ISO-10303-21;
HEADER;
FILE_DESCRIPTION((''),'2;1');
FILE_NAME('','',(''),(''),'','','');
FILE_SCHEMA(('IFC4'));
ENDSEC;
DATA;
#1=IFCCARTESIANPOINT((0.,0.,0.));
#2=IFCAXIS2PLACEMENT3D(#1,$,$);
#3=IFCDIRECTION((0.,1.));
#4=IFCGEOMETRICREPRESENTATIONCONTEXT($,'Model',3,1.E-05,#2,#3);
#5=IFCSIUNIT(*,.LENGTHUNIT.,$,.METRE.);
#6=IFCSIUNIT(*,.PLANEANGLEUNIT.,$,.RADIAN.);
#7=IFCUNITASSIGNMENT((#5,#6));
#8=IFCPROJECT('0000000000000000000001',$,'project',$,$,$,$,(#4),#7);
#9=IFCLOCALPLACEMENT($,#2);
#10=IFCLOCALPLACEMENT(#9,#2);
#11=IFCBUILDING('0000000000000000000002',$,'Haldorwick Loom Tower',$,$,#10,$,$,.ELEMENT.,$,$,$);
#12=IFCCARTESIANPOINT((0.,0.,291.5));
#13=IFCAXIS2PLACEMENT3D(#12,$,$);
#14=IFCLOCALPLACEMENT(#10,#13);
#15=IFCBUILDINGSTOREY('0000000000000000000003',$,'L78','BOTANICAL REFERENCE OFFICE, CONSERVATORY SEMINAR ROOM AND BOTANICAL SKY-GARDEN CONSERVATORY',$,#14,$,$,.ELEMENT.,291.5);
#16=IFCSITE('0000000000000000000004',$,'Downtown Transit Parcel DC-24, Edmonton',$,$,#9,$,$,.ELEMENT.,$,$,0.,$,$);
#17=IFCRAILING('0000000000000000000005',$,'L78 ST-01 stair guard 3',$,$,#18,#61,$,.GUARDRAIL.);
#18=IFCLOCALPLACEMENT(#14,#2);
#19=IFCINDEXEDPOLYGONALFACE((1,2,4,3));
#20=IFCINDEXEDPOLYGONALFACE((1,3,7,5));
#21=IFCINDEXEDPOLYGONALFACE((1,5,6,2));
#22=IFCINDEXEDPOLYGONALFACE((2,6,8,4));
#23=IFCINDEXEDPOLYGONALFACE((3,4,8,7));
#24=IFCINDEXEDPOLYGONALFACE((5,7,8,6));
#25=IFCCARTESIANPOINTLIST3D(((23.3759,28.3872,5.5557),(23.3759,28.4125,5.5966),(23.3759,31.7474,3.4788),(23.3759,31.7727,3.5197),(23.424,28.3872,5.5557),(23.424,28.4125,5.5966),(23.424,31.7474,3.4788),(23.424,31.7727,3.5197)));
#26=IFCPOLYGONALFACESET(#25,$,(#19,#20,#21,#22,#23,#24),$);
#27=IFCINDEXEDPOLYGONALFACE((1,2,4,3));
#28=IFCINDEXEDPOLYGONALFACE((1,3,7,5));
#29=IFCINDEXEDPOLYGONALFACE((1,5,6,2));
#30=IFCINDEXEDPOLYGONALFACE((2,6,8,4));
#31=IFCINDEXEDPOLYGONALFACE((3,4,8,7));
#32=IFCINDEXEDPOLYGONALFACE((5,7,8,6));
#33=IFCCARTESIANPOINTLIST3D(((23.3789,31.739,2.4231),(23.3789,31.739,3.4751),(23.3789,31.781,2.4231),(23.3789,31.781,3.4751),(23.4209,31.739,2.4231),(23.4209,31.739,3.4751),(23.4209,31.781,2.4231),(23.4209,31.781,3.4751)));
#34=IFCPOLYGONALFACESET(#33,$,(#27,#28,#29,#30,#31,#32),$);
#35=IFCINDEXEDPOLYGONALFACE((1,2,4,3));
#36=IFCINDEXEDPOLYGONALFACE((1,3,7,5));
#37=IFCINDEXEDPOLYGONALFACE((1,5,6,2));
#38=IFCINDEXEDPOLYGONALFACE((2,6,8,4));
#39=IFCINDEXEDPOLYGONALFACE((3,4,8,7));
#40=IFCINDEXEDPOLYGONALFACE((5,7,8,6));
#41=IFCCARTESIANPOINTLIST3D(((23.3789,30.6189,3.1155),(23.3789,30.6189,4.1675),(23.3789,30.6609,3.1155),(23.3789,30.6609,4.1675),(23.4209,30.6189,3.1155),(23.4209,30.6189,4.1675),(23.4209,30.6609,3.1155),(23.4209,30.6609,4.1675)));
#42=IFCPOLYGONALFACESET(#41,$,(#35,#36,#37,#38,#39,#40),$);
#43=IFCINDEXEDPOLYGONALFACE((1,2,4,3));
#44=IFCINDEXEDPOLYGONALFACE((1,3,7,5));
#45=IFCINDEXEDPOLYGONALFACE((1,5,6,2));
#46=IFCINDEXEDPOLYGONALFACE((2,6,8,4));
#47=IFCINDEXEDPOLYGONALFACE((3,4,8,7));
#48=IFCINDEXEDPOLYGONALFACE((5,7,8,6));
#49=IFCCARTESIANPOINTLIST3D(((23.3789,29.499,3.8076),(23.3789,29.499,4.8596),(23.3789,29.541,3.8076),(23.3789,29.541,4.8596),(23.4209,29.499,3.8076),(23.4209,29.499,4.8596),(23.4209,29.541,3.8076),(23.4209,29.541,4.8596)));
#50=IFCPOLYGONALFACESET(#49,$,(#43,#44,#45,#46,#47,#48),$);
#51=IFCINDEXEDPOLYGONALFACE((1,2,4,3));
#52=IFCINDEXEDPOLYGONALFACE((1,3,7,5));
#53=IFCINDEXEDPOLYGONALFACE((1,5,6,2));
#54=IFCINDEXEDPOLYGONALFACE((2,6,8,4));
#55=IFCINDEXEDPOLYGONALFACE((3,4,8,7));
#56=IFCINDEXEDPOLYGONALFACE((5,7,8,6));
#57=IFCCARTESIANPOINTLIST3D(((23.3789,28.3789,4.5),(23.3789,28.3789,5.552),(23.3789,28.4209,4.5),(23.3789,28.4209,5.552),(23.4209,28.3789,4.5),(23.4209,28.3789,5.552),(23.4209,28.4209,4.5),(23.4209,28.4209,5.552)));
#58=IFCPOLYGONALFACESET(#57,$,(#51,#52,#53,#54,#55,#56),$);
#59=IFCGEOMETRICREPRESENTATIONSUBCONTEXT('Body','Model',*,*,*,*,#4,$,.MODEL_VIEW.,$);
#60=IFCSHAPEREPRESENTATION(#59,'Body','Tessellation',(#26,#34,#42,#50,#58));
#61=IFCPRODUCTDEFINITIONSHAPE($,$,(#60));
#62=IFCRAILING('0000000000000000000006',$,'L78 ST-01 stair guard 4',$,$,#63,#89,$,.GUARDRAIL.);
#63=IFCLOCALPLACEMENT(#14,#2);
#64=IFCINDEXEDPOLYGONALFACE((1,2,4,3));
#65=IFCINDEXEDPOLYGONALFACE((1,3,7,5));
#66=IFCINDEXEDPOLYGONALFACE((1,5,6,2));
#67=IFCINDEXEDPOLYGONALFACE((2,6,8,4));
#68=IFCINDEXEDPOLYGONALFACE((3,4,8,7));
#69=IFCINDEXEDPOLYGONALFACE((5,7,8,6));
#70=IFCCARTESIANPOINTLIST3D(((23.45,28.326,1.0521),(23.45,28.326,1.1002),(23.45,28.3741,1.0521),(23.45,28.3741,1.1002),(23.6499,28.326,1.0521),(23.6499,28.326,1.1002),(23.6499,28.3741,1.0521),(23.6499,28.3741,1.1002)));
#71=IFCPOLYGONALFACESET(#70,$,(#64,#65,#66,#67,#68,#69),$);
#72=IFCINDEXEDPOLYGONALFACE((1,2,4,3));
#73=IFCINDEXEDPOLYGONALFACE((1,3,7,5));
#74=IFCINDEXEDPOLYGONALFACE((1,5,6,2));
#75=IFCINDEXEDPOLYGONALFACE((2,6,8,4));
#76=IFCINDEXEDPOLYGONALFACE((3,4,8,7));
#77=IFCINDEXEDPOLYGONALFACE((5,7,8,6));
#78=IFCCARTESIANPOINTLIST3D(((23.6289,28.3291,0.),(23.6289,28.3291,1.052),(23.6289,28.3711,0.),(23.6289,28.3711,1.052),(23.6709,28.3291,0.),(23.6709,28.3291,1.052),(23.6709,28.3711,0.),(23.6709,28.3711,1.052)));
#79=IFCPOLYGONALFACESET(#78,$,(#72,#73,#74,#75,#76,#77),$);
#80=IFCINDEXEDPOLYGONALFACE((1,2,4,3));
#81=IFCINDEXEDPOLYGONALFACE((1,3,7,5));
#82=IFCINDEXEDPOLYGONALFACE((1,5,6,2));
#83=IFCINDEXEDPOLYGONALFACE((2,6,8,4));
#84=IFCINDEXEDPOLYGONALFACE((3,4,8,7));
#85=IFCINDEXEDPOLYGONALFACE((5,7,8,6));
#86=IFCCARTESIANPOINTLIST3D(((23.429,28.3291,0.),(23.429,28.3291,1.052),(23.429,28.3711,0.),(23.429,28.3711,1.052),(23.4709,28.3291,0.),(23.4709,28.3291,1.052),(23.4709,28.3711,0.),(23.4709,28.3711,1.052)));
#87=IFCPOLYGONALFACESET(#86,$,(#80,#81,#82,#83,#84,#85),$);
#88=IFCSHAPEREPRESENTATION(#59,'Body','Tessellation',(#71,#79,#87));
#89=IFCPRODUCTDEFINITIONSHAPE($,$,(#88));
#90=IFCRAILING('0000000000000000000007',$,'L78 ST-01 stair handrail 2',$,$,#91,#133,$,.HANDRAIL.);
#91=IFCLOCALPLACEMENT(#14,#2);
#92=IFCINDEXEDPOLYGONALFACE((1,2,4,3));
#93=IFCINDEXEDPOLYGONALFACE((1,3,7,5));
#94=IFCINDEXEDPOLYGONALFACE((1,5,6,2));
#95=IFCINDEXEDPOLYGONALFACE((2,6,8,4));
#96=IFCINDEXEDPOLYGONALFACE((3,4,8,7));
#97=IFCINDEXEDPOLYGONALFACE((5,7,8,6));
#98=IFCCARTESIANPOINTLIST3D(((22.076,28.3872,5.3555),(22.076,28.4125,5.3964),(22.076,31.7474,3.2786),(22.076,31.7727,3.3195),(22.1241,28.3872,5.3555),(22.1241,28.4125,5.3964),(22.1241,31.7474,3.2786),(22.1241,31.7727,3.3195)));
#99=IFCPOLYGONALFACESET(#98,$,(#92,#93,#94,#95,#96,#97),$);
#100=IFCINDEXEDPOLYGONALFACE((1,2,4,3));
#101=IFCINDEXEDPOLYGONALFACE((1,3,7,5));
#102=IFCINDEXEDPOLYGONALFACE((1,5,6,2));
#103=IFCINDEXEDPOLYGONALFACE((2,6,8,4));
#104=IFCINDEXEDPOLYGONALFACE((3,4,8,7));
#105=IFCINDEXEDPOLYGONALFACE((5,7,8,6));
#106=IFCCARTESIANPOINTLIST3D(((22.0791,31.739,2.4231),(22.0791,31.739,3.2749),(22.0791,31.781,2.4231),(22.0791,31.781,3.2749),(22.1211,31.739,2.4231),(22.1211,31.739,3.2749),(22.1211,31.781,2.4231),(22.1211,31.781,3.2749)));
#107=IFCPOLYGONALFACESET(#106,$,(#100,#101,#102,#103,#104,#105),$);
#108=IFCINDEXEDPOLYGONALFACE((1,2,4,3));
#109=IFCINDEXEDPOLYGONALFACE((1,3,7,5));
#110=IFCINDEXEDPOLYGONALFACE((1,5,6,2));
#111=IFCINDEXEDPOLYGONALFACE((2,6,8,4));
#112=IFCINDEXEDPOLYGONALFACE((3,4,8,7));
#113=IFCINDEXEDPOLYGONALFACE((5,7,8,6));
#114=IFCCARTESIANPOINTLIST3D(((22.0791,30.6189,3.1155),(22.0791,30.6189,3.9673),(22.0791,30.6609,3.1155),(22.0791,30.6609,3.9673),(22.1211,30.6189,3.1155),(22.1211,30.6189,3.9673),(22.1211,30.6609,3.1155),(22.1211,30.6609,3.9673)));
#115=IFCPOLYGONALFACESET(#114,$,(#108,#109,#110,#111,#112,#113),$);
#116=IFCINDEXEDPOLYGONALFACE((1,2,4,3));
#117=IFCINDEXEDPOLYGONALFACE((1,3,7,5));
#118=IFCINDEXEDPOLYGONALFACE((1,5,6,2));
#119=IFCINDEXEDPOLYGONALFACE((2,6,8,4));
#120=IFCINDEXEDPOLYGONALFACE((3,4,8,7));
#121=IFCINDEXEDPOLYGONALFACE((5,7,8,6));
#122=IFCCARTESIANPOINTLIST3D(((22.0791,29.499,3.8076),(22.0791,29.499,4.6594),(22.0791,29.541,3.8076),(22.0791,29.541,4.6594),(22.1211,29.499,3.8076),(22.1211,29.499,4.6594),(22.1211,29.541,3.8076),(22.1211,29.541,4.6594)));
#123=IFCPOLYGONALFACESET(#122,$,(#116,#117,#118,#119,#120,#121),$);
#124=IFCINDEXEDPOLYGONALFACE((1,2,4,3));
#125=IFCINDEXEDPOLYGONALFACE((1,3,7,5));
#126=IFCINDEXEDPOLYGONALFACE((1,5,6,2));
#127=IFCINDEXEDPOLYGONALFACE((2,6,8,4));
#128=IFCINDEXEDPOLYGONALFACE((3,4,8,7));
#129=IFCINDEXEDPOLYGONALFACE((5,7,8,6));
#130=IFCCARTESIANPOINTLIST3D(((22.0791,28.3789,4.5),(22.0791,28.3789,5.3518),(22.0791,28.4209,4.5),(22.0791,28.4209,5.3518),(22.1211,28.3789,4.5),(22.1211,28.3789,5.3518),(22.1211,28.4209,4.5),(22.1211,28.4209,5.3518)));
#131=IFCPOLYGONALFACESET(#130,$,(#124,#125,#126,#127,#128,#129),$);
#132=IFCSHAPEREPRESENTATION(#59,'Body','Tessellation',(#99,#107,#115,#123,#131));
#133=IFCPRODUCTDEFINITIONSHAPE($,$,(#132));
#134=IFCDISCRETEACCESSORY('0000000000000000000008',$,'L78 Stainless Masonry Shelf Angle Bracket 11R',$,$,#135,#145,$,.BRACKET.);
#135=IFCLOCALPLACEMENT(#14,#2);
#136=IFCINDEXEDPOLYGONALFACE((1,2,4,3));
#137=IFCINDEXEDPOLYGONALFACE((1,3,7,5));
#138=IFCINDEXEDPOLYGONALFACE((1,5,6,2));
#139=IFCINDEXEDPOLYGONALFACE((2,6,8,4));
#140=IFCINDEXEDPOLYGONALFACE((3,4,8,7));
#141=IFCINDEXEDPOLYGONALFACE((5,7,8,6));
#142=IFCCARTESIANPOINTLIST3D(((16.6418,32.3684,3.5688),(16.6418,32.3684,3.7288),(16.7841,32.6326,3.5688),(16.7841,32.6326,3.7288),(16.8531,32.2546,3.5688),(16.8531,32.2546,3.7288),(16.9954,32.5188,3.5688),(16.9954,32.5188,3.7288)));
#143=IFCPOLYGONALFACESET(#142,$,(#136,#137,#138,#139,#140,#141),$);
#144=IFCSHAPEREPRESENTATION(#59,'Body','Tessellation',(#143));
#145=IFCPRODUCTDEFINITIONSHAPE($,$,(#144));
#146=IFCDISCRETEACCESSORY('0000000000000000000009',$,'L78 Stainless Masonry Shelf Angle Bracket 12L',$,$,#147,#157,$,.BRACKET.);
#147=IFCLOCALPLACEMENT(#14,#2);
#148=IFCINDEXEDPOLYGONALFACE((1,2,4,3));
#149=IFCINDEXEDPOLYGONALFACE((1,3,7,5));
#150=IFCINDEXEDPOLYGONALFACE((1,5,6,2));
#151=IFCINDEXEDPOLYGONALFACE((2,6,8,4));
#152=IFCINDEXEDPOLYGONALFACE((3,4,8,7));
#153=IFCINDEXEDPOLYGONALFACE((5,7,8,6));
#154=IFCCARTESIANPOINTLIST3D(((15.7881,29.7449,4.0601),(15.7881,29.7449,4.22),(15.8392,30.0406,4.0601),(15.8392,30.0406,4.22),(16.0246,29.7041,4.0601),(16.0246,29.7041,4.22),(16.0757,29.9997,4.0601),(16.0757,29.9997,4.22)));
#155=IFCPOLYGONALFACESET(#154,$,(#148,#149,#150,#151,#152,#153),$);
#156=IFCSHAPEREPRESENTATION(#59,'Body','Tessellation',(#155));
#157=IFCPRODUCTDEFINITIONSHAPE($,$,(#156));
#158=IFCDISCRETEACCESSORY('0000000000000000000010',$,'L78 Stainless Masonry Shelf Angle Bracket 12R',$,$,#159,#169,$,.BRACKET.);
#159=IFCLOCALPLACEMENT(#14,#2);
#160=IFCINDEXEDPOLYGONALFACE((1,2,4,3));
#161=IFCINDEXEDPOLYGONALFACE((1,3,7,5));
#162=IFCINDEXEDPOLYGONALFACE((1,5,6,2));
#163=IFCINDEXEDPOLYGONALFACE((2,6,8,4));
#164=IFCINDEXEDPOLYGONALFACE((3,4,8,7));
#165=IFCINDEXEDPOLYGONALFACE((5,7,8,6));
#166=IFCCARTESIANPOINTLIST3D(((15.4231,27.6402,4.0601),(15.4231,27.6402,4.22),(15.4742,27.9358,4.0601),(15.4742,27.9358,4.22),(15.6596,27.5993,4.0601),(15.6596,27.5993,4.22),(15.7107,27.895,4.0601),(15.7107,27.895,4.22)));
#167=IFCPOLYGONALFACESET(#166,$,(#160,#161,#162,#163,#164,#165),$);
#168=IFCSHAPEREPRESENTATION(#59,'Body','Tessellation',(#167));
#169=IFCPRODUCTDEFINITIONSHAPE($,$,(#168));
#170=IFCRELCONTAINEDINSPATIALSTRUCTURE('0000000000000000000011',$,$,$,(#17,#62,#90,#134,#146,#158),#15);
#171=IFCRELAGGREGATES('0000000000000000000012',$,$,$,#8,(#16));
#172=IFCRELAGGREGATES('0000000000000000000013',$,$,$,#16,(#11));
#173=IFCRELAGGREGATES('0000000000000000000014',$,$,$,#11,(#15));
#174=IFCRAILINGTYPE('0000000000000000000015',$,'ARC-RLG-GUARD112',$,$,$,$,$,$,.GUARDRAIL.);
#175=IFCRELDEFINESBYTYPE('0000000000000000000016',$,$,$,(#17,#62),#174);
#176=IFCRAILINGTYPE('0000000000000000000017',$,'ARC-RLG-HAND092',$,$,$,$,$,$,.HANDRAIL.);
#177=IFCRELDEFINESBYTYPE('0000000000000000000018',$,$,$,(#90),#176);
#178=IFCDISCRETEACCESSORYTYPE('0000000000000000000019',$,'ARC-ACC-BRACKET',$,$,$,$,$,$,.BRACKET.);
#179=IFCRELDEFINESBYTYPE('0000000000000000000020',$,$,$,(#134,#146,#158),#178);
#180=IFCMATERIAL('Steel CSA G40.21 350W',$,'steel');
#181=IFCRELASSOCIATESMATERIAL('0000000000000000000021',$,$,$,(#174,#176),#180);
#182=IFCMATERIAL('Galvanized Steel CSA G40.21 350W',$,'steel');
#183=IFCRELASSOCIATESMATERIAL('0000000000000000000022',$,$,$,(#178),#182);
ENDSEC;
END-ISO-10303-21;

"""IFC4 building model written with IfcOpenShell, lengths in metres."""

from ifc_helpers import new_model, si_unit, direction, frame, origin, origin_2d, place, context, subcontext, project, spatial, rectangle, extrude, material, type_object, element, save


model = new_model("IFC4")

# Units and contexts
model_context = context("Model", 3, precision=1e-05, world=origin(), true_north=direction((0.0, 1.0)))
body_context = subcontext(model_context, "Body", "Model", "MODEL_VIEW")
ifc_project = project(units=[si_unit("LENGTHUNIT", "METRE"), si_unit("PLANEANGLEUNIT", "RADIAN")], contexts=[model_context])

# Site, building, storey
site_placement = place(None, origin())
site = spatial("IfcSite", under=ifc_project, at=site_placement, Name="Downtown Transit Parcel DC-24, Edmonton", CompositionType="ELEMENT", RefElevation=0.0)
building_placement = place(site_placement, origin())
building = spatial("IfcBuilding", under=site, at=building_placement, Name="Haldorwick Loom Tower", CompositionType="ELEMENT")
storey_placement = place(building_placement, frame((0.0, 0.0, 291.5)))
storey = spatial("IfcBuildingStorey", under=building, at=storey_placement, Name="L78", Description="BOTANICAL REFERENCE OFFICE, CONSERVATORY SEMINAR ROOM AND BOTANICAL SKY-GARDEN CONSERVATORY", CompositionType="ELEMENT", Elevation=291.5)

# Shared definitions
ifc_material_1 = material(Name="Steel CSA G40.21 350W", Category="steel")

# Railings
railing_type_1 = type_object("IfcRailingType", Name="ARC-RLG-GUARD112", PredefinedType="GUARDRAIL", material=ifc_material_1)
railing_1_placement = place(storey_placement, frame((23.3999, 31.76, 2.4231)))
element("IfcRailing", 1, at=railing_1_placement, inside=storey, type_object=railing_type_1, Name="L78 ST-01 stair guard 3", PredefinedType="GUARDRAIL", context=body_context, shape_type="SweptSolid", body=[
    extrude(rectangle(XDim=0.0481, YDim=0.0481, at=origin_2d()), frame((0.0, 0.0, 1.0762), z_axis=(0.0, -0.850623, 0.525776), x_axis=(1.0, 0.0, 0.0)), (0.0, 0.0, 1.0), 3.9502),
    extrude(rectangle(XDim=0.042, YDim=0.042, at=origin_2d()), origin(), (0.0, 0.0, 1.0), 1.052),
    extrude(rectangle(XDim=0.042, YDim=0.042, at=origin_2d()), frame((0.0, -1.1201, 0.6924)), (0.0, 0.0, 1.0), 1.052),
    extrude(rectangle(XDim=0.042, YDim=0.042, at=origin_2d()), frame((0.0, -2.24, 1.3845)), (0.0, 0.0, 1.0), 1.052),
    extrude(rectangle(XDim=0.042, YDim=0.042, at=origin_2d()), frame((0.0, -3.3601, 2.0769)), (0.0, 0.0, 1.0), 1.052),
])
railing_2_placement = place(storey_placement, frame((23.6499, 28.3501, 0.0)))
element("IfcRailing", 2, at=railing_2_placement, inside=storey, type_object=railing_type_1, Name="L78 ST-01 stair guard 4", PredefinedType="GUARDRAIL", context=body_context, shape_type="SweptSolid", body=[
    extrude(rectangle(XDim=0.0481, YDim=0.0481, at=origin_2d()), frame((0.0, 0.0, 1.0762), z_axis=(-1.0, 0.0, 0.0), x_axis=(0.0, -1.0, 0.0)), (0.0, 0.0, 1.0), 0.2),
    extrude(rectangle(XDim=0.042, YDim=0.042, at=origin_2d()), origin(), (0.0, 0.0, 1.0), 1.052),
    extrude(rectangle(XDim=0.042, YDim=0.042, at=origin_2d()), frame((-0.2, 0.0, 0.0)), (0.0, 0.0, 1.0), 1.052),
])
railing_type_2 = type_object("IfcRailingType", Name="ARC-RLG-HAND092", PredefinedType="HANDRAIL", material=ifc_material_1)
railing_3_placement = place(storey_placement, frame((22.1001, 31.76, 2.4231)))
element("IfcRailing", 3, at=railing_3_placement, inside=storey, type_object=railing_type_2, Name="L78 ST-01 stair handrail 2", PredefinedType="HANDRAIL", context=body_context, shape_type="SweptSolid", body=[
    extrude(rectangle(XDim=0.0481, YDim=0.0481, at=origin_2d()), frame((0.0, 0.0, 0.876), z_axis=(0.0, -0.850623, 0.525776), x_axis=(1.0, 0.0, 0.0)), (0.0, 0.0, 1.0), 3.9502),
    extrude(rectangle(XDim=0.042, YDim=0.042, at=origin_2d()), origin(), (0.0, 0.0, 1.0), 0.8518),
    extrude(rectangle(XDim=0.042, YDim=0.042, at=origin_2d()), frame((0.0, -1.1201, 0.6924)), (0.0, 0.0, 1.0), 0.8518),
    extrude(rectangle(XDim=0.042, YDim=0.042, at=origin_2d()), frame((0.0, -2.24, 1.3845)), (0.0, 0.0, 1.0), 0.8518),
    extrude(rectangle(XDim=0.042, YDim=0.042, at=origin_2d()), frame((0.0, -3.3601, 2.0769)), (0.0, 0.0, 1.0), 0.8518),
])

# Discrete accessories
ifc_material_2 = material(Name="Galvanized Steel CSA G40.21 350W", Category="steel")
discrete_accessory_type = type_object("IfcDiscreteAccessoryType", Name="ARC-ACC-BRACKET", PredefinedType="BRACKET", material=ifc_material_2)
for number, where, z_axis, x_axis, name in (
    (4, (16.8186, 32.4436, 3.5688), (0.0, 0.0, 1.0), (-0.474088, -0.880477, 0.0), "L78 Stainless Masonry Shelf Angle Bracket 11R"),
    (5, (15.9319, 29.8723, 4.0601), (0.0, 0.0, 1.0), (-0.170209, -0.985408, 0.0), "L78 Stainless Masonry Shelf Angle Bracket 12L"),
    (6, (15.5669, 27.7676, 4.0601), (0.0, 0.0, 1.0), (-0.170209, -0.985408, 0.0), "L78 Stainless Masonry Shelf Angle Bracket 12R"),
):
    element("IfcDiscreteAccessory", number, at=place(storey_placement, frame(where, z_axis=z_axis, x_axis=x_axis)), inside=storey, type_object=discrete_accessory_type, Name=name, PredefinedType="BRACKET", context=body_context, shape_type="SweptSolid", body=[
        extrude(rectangle(XDim=0.3, YDim=0.24, at=origin_2d()), origin(), (0.0, 0.0, 1.0), 0.1599),
    ])

save(model, "model.ifc")
